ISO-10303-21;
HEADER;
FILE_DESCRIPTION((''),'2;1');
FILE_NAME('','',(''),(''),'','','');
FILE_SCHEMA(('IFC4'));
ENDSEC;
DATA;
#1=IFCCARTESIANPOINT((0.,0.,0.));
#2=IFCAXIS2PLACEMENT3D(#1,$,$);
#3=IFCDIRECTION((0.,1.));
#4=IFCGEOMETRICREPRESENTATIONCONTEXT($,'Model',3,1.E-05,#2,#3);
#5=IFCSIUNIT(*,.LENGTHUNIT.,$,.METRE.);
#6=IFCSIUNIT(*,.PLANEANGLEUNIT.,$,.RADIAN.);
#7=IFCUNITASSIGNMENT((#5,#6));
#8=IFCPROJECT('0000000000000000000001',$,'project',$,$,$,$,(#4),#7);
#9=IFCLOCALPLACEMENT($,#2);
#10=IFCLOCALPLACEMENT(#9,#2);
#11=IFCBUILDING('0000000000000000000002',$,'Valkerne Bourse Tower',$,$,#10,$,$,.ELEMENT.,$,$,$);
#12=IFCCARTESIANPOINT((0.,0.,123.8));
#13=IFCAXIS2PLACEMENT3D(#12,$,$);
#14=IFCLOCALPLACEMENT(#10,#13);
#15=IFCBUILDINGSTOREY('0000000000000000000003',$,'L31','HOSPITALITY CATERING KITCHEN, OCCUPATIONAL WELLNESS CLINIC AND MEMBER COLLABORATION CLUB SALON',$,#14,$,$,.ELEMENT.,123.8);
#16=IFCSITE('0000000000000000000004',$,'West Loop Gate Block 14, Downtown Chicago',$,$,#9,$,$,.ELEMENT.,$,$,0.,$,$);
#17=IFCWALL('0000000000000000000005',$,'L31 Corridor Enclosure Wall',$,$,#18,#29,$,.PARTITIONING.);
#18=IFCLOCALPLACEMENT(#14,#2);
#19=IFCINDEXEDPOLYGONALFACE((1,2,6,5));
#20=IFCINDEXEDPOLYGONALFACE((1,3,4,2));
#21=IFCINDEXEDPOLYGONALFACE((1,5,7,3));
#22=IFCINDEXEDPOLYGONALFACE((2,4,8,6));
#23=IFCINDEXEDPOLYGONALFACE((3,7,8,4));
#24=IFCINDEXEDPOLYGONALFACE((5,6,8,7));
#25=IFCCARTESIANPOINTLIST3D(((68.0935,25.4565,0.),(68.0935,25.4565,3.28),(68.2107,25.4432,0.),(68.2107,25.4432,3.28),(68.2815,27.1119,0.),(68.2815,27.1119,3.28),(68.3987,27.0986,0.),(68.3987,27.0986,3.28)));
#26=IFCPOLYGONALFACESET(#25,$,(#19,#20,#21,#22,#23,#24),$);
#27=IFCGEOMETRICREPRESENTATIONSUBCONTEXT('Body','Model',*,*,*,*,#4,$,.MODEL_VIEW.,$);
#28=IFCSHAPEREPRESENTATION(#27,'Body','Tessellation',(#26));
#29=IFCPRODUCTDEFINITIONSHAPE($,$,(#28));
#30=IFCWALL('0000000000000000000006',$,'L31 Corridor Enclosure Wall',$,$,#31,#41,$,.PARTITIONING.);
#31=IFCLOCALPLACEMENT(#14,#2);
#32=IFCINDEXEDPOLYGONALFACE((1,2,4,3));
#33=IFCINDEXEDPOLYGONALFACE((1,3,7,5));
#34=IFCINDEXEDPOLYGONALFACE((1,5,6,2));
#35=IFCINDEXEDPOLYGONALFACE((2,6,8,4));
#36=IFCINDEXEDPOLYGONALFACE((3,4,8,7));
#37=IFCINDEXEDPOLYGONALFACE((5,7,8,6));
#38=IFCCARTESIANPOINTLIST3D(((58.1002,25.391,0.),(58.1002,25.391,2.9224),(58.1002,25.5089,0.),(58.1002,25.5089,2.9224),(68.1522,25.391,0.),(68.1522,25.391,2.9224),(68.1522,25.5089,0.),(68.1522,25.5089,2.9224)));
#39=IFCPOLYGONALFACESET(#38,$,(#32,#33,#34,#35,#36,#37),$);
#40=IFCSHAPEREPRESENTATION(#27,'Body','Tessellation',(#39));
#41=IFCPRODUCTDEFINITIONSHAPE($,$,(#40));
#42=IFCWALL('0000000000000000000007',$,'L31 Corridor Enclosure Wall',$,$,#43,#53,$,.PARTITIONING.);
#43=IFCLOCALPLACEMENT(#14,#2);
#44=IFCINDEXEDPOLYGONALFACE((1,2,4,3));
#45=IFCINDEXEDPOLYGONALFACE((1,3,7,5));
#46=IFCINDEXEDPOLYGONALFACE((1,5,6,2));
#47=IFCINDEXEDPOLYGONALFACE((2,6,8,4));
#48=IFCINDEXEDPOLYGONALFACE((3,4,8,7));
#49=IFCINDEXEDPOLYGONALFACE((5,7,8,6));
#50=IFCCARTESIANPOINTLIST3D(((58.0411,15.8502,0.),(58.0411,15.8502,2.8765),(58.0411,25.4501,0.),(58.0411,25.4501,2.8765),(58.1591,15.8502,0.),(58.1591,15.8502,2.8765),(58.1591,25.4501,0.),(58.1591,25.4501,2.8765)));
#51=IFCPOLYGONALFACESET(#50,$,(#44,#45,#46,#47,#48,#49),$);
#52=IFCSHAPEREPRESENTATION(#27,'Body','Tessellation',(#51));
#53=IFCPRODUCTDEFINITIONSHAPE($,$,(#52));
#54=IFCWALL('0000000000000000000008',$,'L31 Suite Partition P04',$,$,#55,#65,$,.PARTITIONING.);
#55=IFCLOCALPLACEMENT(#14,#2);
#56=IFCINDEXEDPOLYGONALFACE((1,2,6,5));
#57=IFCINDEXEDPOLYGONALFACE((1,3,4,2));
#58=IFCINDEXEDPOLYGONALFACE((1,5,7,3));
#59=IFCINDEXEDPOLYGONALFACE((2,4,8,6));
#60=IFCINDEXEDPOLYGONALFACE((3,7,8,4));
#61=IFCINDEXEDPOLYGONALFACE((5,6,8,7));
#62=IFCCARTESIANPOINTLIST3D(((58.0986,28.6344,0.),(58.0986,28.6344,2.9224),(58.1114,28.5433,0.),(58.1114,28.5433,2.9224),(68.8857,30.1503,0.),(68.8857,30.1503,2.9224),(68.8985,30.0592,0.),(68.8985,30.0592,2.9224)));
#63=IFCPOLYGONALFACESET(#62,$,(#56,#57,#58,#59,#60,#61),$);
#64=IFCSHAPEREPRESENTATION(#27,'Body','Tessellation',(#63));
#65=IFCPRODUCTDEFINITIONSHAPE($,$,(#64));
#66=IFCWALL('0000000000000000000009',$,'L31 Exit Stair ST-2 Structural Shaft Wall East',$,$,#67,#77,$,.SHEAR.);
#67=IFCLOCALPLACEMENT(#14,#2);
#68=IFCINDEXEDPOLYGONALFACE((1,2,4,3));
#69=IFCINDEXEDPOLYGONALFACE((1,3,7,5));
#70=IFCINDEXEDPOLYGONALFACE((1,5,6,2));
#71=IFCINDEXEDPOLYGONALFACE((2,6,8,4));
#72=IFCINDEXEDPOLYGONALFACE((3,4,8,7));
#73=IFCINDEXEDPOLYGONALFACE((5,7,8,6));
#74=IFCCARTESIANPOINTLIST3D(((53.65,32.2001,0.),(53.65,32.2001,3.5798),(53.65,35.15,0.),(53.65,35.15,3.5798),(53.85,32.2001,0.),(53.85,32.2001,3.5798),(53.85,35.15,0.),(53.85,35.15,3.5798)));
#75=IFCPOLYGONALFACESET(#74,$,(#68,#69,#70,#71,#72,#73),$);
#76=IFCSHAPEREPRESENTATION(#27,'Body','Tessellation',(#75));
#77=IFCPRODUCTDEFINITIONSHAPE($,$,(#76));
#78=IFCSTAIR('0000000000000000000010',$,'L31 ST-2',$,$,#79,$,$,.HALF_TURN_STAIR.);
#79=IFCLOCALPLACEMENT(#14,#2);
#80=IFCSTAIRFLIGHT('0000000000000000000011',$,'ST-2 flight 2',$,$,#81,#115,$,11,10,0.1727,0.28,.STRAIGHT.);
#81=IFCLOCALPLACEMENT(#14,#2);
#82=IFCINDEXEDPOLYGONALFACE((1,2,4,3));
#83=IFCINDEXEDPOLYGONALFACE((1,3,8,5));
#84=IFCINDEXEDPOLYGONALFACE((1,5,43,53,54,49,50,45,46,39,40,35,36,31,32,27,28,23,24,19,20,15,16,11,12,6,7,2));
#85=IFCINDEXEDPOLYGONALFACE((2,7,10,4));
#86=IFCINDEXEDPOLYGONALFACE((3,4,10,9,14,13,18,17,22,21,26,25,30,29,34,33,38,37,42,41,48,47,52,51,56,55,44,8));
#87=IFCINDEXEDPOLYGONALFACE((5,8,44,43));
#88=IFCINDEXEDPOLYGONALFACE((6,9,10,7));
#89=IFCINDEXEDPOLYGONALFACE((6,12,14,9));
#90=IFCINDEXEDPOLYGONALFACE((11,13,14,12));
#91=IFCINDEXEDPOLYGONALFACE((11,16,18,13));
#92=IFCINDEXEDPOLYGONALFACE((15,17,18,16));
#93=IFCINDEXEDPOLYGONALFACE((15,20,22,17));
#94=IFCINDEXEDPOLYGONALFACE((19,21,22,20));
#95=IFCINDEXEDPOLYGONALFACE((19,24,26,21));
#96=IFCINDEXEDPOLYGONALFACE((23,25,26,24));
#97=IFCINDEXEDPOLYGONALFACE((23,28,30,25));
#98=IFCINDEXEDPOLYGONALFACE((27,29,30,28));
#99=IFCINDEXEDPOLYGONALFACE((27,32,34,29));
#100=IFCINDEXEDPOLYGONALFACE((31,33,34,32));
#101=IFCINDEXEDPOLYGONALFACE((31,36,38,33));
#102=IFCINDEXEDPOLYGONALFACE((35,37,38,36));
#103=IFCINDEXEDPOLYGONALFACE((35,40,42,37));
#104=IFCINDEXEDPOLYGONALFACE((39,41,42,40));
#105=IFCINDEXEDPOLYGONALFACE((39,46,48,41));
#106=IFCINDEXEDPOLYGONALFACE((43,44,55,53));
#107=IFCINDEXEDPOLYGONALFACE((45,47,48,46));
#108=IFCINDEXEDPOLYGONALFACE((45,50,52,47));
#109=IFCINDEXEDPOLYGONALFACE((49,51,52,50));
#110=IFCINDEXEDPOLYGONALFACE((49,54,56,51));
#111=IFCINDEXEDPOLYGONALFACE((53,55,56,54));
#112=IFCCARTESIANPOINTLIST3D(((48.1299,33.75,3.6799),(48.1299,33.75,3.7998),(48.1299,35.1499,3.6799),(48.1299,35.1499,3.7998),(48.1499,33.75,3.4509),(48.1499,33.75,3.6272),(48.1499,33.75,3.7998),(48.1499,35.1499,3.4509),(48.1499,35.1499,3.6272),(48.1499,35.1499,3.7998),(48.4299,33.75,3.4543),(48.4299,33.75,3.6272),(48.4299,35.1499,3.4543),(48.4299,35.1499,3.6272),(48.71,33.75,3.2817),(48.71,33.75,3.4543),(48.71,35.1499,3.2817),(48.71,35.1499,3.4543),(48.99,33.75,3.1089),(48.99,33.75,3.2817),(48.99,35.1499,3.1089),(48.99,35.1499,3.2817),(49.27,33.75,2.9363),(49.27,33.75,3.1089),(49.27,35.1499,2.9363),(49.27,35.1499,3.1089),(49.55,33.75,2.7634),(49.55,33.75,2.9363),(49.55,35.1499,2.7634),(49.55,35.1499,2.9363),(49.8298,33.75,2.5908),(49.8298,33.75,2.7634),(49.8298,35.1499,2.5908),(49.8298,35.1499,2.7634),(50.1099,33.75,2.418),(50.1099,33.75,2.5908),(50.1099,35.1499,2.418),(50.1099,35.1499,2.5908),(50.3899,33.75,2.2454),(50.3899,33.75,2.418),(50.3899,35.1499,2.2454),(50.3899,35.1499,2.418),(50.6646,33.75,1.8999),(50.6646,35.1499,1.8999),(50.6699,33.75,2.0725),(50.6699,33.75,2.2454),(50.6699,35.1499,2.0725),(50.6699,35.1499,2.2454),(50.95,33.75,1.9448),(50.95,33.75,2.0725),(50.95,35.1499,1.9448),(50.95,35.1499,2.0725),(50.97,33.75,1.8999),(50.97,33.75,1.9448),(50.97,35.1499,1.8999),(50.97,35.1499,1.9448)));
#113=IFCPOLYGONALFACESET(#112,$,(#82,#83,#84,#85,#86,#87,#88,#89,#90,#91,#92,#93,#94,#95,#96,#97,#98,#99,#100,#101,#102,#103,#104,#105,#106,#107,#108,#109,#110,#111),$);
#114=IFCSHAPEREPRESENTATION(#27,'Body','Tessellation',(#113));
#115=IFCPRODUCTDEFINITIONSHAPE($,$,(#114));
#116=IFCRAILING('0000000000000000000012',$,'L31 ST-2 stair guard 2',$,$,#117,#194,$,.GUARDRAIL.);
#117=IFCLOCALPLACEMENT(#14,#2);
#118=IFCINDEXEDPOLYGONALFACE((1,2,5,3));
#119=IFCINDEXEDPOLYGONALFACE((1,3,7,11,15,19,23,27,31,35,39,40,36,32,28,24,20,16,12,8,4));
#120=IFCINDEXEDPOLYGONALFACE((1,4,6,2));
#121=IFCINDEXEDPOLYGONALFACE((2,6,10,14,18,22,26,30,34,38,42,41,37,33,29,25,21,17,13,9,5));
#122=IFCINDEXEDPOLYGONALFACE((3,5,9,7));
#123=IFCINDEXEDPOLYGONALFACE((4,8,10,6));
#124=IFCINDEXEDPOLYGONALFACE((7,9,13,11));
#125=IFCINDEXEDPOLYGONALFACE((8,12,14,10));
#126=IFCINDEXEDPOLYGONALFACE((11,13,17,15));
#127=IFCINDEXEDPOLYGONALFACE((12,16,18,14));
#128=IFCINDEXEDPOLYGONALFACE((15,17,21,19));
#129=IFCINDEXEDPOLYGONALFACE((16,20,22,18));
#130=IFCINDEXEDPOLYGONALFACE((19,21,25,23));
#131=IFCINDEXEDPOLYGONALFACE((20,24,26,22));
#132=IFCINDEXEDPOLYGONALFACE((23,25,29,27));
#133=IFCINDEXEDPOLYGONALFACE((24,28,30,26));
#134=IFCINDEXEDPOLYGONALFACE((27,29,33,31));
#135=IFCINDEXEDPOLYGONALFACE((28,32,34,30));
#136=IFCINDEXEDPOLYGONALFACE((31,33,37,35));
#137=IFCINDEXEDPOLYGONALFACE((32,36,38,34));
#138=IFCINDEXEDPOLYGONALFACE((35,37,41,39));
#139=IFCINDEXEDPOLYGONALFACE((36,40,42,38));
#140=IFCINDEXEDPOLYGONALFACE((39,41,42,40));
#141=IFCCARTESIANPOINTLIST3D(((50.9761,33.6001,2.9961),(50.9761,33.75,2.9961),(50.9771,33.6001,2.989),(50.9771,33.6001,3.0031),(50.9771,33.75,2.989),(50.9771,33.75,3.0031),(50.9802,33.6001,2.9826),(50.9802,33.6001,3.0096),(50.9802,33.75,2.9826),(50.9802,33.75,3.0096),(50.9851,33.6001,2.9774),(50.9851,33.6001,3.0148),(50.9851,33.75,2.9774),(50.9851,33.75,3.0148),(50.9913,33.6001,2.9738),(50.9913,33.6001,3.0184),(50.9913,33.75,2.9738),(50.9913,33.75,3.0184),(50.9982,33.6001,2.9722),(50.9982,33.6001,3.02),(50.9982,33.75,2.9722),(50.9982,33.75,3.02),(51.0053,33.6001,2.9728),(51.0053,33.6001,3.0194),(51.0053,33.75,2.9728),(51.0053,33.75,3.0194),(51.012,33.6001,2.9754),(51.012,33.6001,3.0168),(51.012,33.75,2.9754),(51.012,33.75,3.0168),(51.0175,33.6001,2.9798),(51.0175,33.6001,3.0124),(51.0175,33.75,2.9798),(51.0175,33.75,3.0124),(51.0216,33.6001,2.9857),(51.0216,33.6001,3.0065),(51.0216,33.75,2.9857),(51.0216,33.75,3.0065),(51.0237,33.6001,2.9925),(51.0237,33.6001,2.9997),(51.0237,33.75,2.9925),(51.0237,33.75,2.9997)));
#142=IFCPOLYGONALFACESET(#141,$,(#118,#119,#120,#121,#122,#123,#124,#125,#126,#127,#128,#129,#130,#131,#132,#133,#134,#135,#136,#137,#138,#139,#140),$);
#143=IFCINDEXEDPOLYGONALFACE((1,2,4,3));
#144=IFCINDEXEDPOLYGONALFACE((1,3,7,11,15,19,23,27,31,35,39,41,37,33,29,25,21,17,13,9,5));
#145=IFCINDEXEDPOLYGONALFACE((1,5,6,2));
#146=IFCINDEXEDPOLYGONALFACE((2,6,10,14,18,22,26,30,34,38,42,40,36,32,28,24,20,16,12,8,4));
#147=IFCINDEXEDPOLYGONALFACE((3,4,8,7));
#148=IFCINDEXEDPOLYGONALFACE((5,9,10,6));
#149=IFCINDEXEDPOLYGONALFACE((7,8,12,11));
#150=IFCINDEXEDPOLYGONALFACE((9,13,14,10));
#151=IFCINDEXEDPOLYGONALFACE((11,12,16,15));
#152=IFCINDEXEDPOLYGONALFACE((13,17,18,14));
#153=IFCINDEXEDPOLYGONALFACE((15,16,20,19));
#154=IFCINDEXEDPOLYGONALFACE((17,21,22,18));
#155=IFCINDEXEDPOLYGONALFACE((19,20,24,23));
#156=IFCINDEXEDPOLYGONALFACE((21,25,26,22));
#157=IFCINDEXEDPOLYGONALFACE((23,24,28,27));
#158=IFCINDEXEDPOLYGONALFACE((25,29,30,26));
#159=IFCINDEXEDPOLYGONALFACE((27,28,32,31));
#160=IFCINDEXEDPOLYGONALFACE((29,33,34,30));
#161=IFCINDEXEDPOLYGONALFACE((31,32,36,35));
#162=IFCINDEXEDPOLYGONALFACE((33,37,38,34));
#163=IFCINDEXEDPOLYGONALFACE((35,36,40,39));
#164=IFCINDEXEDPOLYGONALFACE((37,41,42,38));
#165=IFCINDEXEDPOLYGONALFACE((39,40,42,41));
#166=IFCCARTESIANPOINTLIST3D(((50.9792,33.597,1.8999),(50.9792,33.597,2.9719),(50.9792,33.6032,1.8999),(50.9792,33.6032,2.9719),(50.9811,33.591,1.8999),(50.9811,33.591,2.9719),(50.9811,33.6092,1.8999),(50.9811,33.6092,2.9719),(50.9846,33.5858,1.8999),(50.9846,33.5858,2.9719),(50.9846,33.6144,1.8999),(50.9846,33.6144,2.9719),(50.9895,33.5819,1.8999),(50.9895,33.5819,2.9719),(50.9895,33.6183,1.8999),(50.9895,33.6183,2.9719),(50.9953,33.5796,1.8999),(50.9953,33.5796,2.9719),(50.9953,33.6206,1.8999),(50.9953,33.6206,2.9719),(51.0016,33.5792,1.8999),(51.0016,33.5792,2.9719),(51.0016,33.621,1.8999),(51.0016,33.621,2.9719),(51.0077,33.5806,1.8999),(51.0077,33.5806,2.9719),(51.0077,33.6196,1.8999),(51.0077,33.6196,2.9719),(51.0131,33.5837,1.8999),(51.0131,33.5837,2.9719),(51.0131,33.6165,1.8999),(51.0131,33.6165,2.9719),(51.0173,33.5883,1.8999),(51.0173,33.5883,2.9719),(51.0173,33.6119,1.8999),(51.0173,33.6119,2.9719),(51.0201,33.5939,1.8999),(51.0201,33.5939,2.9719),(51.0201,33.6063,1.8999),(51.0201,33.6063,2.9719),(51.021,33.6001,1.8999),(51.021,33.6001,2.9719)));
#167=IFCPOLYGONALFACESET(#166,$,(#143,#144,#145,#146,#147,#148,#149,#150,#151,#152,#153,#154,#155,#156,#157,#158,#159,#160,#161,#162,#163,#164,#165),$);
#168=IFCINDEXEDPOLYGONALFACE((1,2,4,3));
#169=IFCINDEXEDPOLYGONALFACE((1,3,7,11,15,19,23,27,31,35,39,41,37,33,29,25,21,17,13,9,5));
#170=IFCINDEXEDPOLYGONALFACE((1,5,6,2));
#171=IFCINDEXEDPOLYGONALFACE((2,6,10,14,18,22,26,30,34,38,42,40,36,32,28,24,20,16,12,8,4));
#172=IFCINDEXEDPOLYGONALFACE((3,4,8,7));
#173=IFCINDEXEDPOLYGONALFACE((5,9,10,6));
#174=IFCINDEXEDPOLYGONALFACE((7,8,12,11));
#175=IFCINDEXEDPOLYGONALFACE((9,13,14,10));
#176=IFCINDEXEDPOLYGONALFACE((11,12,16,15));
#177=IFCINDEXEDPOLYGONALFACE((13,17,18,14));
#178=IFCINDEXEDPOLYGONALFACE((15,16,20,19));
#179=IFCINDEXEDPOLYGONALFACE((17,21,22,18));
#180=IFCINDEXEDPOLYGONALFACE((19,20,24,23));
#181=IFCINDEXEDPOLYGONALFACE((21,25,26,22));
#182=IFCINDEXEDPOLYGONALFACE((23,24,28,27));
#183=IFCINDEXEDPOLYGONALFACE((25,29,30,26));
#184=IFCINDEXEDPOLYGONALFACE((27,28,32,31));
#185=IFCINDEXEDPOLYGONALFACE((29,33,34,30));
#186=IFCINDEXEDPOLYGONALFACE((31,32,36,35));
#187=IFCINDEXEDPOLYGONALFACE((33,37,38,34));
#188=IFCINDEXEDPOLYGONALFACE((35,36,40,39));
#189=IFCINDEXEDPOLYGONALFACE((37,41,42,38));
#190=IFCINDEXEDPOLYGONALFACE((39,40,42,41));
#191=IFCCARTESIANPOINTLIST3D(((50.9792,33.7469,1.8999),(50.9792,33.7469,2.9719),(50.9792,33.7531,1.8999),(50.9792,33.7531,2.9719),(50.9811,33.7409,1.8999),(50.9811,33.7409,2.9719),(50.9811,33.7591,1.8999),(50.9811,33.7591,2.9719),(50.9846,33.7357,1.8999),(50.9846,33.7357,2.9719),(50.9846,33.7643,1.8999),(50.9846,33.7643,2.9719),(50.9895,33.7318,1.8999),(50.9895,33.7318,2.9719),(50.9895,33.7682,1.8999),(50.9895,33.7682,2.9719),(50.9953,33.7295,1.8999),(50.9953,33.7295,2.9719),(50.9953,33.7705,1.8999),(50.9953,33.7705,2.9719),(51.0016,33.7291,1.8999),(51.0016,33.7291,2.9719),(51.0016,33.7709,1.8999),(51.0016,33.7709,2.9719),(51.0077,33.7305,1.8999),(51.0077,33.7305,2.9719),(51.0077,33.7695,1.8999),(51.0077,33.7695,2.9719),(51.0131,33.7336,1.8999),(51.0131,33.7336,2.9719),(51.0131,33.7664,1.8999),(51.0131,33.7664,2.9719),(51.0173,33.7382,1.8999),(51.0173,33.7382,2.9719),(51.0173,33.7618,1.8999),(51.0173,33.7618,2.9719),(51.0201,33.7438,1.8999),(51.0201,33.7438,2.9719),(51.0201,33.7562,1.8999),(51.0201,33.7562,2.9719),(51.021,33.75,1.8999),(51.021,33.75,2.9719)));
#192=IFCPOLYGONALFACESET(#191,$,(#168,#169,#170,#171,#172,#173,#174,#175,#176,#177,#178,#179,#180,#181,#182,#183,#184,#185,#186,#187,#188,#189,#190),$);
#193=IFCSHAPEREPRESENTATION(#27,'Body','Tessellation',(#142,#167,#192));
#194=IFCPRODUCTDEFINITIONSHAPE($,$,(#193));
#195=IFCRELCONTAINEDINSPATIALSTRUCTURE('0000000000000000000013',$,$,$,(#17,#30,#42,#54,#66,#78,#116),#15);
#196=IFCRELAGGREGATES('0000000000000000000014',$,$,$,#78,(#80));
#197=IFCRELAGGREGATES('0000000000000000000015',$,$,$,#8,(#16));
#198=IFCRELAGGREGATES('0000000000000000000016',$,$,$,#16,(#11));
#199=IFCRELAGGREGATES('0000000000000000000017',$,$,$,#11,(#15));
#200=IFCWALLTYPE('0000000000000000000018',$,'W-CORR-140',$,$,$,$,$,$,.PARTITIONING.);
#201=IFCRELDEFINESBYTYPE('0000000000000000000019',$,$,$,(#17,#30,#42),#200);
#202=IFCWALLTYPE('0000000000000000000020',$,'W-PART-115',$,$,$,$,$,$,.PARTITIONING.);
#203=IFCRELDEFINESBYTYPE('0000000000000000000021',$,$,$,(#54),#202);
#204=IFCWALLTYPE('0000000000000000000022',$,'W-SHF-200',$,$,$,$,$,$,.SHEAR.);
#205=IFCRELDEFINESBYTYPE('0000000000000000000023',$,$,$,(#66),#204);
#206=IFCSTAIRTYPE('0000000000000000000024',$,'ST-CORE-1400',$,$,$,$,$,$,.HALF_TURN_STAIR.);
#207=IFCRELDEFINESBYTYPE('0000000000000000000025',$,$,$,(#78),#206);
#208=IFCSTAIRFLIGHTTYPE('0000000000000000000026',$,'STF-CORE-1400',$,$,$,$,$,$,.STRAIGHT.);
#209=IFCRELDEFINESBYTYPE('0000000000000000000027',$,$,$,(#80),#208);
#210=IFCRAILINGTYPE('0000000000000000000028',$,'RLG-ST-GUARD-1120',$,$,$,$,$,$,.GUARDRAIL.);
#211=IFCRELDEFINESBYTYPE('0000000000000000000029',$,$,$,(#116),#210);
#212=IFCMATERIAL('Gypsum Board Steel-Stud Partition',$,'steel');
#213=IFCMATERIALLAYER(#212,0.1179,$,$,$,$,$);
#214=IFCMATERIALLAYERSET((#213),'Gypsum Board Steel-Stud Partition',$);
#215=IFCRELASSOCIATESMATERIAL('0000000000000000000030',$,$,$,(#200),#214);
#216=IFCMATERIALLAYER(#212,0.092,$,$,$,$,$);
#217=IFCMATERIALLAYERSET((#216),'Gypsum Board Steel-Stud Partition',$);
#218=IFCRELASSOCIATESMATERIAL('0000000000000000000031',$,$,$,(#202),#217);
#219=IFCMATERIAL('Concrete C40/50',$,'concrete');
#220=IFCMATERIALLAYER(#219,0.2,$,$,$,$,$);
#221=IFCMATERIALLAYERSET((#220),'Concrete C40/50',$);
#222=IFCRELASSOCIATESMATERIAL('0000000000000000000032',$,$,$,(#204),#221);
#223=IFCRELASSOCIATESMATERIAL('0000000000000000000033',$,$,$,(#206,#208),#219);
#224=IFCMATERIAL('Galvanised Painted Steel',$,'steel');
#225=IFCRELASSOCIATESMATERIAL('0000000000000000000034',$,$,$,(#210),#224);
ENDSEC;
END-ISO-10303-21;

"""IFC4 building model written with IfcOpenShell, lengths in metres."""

from ifc_helpers import new_model, si_unit, direction, frame, frame_2d, origin, origin_2d, place, context, subcontext, project, spatial, polyline, rectangle, circle, outline, extrude, material, layer, layer_set, type_object, element, aggregate, save


model = new_model("IFC4")

# Units and contexts
model_context = context("Model", 3, precision=1e-05, world=origin(), true_north=direction((0.0, 1.0)))
body_context = subcontext(model_context, "Body", "Model", "MODEL_VIEW")
ifc_project = project(units=[si_unit("LENGTHUNIT", "METRE"), si_unit("PLANEANGLEUNIT", "RADIAN")], contexts=[model_context])

# Site, building, storey
site_placement = place(None, origin())
site = spatial("IfcSite", under=ifc_project, at=site_placement, Name="West Loop Gate Block 14, Downtown Chicago", CompositionType="ELEMENT", RefElevation=0.0)
building_placement = place(site_placement, origin())
building = spatial("IfcBuilding", under=site, at=building_placement, Name="Valkerne Bourse Tower", CompositionType="ELEMENT")
storey_placement = place(building_placement, frame((0.0, 0.0, 123.8)))
storey = spatial("IfcBuildingStorey", under=building, at=storey_placement, Name="L31", Description="HOSPITALITY CATERING KITCHEN, OCCUPATIONAL WELLNESS CLINIC AND MEMBER COLLABORATION CLUB SALON", CompositionType="ELEMENT", Elevation=123.8)

# Walls
ifc_material_1 = material(Name="Gypsum Board Steel-Stud Partition", Category="steel")
ifc_layer_1 = layer(ifc_material_1, 0.1179)
ifc_layer_set_1 = layer_set([ifc_layer_1], Name="Gypsum Board Steel-Stud Partition")
wall_type_1 = type_object("IfcWallType", Name="W-CORR-140", PredefinedType="PARTITIONING", material=ifc_layer_set_1)
wall_1_placement = place(storey_placement, frame((68.3401, 27.1052, 0.0), z_axis=(0.0, 0.0, 1.0), x_axis=(-0.112844, -0.993613, 0.0)))
element("IfcWall", 1, at=wall_1_placement, inside=storey, type_object=wall_type_1, Name="L31 Corridor Enclosure Wall", PredefinedType="PARTITIONING", context=body_context, shape_type="SweptSolid", body=[
    extrude(rectangle(XDim=1.666, YDim=0.1179, at=frame_2d((0.833, 0.0))), origin(), (0.0, 0.0, 1.0), 3.28),
])
wall_2_placement = place(storey_placement, frame((68.1521, 25.45, 0.0), z_axis=(0.0, 0.0, 1.0), x_axis=(-1.0, 0.0, 0.0)))
element("IfcWall", 2, at=wall_2_placement, inside=storey, type_object=wall_type_1, Name="L31 Corridor Enclosure Wall", PredefinedType="PARTITIONING", context=body_context, shape_type="SweptSolid", body=[
    extrude(rectangle(XDim=10.052, YDim=0.1179, at=frame_2d((5.0259, 0.0))), origin(), (0.0, 0.0, 1.0), 2.9224),
])
wall_3_placement = place(storey_placement, frame((58.1001, 25.45, 0.0), z_axis=(0.0, 0.0, 1.0), x_axis=(0.0, -1.0, 0.0)))
element("IfcWall", 3, at=wall_3_placement, inside=storey, type_object=wall_type_1, Name="L31 Corridor Enclosure Wall", PredefinedType="PARTITIONING", context=body_context, shape_type="SweptSolid", body=[
    extrude(rectangle(XDim=9.5999, YDim=0.1179, at=frame_2d((4.7998, 0.0))), origin(), (0.0, 0.0, 1.0), 2.8765),
])

# Walls
ifc_layer_2 = layer(ifc_material_1, 0.092)
ifc_layer_set_2 = layer_set([ifc_layer_2], Name="Gypsum Board Steel-Stud Partition")
wall_type_2 = type_object("IfcWallType", Name="W-PART-115", PredefinedType="PARTITIONING", material=ifc_layer_set_2)
wall_4_placement = place(storey_placement, frame((58.105, 28.5889, 0.0), z_axis=(0.0, 0.0, 1.0), x_axis=(0.99027, 0.139159, 0.0)))
element("IfcWall", 4, at=wall_4_placement, inside=storey, type_object=wall_type_2, Name="L31 Suite Partition P04", PredefinedType="PARTITIONING", context=body_context, shape_type="SweptSolid", body=[
    extrude(rectangle(XDim=10.8931, YDim=0.092, at=frame_2d((5.4465, 0.0))), origin(), (0.0, 0.0, 1.0), 2.9224),
])
ifc_material_2 = material(Name="Concrete C40/50", Category="concrete")
ifc_layer_3 = layer(ifc_material_2, 0.2)
ifc_layer_set_3 = layer_set([ifc_layer_3], Name="Concrete C40/50")
wall_type_3 = type_object("IfcWallType", Name="W-SHF-200", PredefinedType="SHEAR", material=ifc_layer_set_3)
wall_5_placement = place(storey_placement, frame((53.75, 32.2, 0.0), z_axis=(0.0, 0.0, 1.0), x_axis=(0.0, 1.0, 0.0)))
element("IfcWall", 5, at=wall_5_placement, inside=storey, type_object=wall_type_3, Name="L31 Exit Stair ST-2 Structural Shaft Wall East", PredefinedType="SHEAR", context=body_context, shape_type="SweptSolid", body=[
    extrude(rectangle(XDim=2.95, YDim=0.2, at=frame_2d((1.4751, 0.0))), origin(), (0.0, 0.0, 1.0), 3.5798),
])

# Stair, stair flight
stair_type = type_object("IfcStairType", Name="ST-CORE-1400", PredefinedType="HALF_TURN_STAIR", material=ifc_material_2)
stair_placement = place(storey_placement, origin())
stair = element("IfcStair", 6, at=stair_placement, inside=storey, type_object=stair_type, Name="L31 ST-2", PredefinedType="HALF_TURN_STAIR")
stair_flight_type = type_object("IfcStairFlightType", Name="STF-CORE-1400", PredefinedType="STRAIGHT", material=ifc_material_2)
stair_flight_placement = place(storey_placement, frame((50.95, 34.45, 1.8999), z_axis=(0.0, 0.0, 1.0), x_axis=(-1.0, 0.0, 0.0)))
stair_flight = element("IfcStairFlight", 7, at=stair_flight_placement, type_object=stair_flight_type, Name="ST-2 flight 2", NumberOfRisers=11, NumberOfTreads=10, PredefinedType="STRAIGHT", RiserHeight=0.1727, TreadLength=0.28, context=body_context, shape_type="SweptSolid", body=[
    extrude(outline(polyline([(-0.02, 0.0), (-0.02, 0.0449), (0.0, 0.0449), (0.0, 0.1726), (0.28, 0.1726), (0.28, 0.3455), (0.5601, 0.3455), (0.5601, 0.5181), (0.8401, 0.5181), (0.8401, 0.6909), (1.1201, 0.6909), (1.1201, 0.8635), (1.3999, 0.8635), (1.3999, 1.0364), (1.6799, 1.0364), (1.6799, 1.209), (1.96, 1.209), (1.96, 1.3818), (2.24, 1.3818), (2.24, 1.5544), (2.52, 1.5544), (2.52, 1.7273), (2.8, 1.7273), (2.8, 1.8999), (2.8201, 1.8999), (2.8201, 1.78), (2.8, 1.551), (0.2854, 0.0), (-0.02, 0.0)])), frame((0.0, 0.7, 0.0), z_axis=(0.0, -1.0, 0.0), x_axis=(1.0, 0.0, 0.0)), (0.0, 0.0, 1.0), 1.3999),
])
aggregate(stair, [stair_flight])

# Railing
ifc_material_3 = material(Name="Galvanised Painted Steel", Category="steel")
railing_type_1 = type_object("IfcRailingType", Name="RLG-ST-GUARD-1120", PredefinedType="GUARDRAIL", material=ifc_material_3)
railing_1_placement = place(storey_placement, frame((51.0, 33.6001, 1.8999)))
element("IfcRailing", 8, at=railing_1_placement, inside=storey, type_object=railing_type_1, Name="L31 ST-2 stair guard 2", PredefinedType="GUARDRAIL", context=body_context, shape_type="SweptSolid", body=[
    extrude(circle(Radius=0.0239, at=origin_2d()), frame((0.0, 0.0, 1.0962), z_axis=(0.0, 1.0, 0.0), x_axis=(-1.0, 0.0, 0.0)), (0.0, 0.0, 1.0), 0.1499),
    extrude(circle(Radius=0.021, at=origin_2d()), origin(), (0.0, 0.0, 1.0), 1.072),
    extrude(circle(Radius=0.021, at=origin_2d()), frame((0.0, 0.1499, 0.0)), (0.0, 0.0, 1.0), 1.072),
])

save(model, "model.ifc")
